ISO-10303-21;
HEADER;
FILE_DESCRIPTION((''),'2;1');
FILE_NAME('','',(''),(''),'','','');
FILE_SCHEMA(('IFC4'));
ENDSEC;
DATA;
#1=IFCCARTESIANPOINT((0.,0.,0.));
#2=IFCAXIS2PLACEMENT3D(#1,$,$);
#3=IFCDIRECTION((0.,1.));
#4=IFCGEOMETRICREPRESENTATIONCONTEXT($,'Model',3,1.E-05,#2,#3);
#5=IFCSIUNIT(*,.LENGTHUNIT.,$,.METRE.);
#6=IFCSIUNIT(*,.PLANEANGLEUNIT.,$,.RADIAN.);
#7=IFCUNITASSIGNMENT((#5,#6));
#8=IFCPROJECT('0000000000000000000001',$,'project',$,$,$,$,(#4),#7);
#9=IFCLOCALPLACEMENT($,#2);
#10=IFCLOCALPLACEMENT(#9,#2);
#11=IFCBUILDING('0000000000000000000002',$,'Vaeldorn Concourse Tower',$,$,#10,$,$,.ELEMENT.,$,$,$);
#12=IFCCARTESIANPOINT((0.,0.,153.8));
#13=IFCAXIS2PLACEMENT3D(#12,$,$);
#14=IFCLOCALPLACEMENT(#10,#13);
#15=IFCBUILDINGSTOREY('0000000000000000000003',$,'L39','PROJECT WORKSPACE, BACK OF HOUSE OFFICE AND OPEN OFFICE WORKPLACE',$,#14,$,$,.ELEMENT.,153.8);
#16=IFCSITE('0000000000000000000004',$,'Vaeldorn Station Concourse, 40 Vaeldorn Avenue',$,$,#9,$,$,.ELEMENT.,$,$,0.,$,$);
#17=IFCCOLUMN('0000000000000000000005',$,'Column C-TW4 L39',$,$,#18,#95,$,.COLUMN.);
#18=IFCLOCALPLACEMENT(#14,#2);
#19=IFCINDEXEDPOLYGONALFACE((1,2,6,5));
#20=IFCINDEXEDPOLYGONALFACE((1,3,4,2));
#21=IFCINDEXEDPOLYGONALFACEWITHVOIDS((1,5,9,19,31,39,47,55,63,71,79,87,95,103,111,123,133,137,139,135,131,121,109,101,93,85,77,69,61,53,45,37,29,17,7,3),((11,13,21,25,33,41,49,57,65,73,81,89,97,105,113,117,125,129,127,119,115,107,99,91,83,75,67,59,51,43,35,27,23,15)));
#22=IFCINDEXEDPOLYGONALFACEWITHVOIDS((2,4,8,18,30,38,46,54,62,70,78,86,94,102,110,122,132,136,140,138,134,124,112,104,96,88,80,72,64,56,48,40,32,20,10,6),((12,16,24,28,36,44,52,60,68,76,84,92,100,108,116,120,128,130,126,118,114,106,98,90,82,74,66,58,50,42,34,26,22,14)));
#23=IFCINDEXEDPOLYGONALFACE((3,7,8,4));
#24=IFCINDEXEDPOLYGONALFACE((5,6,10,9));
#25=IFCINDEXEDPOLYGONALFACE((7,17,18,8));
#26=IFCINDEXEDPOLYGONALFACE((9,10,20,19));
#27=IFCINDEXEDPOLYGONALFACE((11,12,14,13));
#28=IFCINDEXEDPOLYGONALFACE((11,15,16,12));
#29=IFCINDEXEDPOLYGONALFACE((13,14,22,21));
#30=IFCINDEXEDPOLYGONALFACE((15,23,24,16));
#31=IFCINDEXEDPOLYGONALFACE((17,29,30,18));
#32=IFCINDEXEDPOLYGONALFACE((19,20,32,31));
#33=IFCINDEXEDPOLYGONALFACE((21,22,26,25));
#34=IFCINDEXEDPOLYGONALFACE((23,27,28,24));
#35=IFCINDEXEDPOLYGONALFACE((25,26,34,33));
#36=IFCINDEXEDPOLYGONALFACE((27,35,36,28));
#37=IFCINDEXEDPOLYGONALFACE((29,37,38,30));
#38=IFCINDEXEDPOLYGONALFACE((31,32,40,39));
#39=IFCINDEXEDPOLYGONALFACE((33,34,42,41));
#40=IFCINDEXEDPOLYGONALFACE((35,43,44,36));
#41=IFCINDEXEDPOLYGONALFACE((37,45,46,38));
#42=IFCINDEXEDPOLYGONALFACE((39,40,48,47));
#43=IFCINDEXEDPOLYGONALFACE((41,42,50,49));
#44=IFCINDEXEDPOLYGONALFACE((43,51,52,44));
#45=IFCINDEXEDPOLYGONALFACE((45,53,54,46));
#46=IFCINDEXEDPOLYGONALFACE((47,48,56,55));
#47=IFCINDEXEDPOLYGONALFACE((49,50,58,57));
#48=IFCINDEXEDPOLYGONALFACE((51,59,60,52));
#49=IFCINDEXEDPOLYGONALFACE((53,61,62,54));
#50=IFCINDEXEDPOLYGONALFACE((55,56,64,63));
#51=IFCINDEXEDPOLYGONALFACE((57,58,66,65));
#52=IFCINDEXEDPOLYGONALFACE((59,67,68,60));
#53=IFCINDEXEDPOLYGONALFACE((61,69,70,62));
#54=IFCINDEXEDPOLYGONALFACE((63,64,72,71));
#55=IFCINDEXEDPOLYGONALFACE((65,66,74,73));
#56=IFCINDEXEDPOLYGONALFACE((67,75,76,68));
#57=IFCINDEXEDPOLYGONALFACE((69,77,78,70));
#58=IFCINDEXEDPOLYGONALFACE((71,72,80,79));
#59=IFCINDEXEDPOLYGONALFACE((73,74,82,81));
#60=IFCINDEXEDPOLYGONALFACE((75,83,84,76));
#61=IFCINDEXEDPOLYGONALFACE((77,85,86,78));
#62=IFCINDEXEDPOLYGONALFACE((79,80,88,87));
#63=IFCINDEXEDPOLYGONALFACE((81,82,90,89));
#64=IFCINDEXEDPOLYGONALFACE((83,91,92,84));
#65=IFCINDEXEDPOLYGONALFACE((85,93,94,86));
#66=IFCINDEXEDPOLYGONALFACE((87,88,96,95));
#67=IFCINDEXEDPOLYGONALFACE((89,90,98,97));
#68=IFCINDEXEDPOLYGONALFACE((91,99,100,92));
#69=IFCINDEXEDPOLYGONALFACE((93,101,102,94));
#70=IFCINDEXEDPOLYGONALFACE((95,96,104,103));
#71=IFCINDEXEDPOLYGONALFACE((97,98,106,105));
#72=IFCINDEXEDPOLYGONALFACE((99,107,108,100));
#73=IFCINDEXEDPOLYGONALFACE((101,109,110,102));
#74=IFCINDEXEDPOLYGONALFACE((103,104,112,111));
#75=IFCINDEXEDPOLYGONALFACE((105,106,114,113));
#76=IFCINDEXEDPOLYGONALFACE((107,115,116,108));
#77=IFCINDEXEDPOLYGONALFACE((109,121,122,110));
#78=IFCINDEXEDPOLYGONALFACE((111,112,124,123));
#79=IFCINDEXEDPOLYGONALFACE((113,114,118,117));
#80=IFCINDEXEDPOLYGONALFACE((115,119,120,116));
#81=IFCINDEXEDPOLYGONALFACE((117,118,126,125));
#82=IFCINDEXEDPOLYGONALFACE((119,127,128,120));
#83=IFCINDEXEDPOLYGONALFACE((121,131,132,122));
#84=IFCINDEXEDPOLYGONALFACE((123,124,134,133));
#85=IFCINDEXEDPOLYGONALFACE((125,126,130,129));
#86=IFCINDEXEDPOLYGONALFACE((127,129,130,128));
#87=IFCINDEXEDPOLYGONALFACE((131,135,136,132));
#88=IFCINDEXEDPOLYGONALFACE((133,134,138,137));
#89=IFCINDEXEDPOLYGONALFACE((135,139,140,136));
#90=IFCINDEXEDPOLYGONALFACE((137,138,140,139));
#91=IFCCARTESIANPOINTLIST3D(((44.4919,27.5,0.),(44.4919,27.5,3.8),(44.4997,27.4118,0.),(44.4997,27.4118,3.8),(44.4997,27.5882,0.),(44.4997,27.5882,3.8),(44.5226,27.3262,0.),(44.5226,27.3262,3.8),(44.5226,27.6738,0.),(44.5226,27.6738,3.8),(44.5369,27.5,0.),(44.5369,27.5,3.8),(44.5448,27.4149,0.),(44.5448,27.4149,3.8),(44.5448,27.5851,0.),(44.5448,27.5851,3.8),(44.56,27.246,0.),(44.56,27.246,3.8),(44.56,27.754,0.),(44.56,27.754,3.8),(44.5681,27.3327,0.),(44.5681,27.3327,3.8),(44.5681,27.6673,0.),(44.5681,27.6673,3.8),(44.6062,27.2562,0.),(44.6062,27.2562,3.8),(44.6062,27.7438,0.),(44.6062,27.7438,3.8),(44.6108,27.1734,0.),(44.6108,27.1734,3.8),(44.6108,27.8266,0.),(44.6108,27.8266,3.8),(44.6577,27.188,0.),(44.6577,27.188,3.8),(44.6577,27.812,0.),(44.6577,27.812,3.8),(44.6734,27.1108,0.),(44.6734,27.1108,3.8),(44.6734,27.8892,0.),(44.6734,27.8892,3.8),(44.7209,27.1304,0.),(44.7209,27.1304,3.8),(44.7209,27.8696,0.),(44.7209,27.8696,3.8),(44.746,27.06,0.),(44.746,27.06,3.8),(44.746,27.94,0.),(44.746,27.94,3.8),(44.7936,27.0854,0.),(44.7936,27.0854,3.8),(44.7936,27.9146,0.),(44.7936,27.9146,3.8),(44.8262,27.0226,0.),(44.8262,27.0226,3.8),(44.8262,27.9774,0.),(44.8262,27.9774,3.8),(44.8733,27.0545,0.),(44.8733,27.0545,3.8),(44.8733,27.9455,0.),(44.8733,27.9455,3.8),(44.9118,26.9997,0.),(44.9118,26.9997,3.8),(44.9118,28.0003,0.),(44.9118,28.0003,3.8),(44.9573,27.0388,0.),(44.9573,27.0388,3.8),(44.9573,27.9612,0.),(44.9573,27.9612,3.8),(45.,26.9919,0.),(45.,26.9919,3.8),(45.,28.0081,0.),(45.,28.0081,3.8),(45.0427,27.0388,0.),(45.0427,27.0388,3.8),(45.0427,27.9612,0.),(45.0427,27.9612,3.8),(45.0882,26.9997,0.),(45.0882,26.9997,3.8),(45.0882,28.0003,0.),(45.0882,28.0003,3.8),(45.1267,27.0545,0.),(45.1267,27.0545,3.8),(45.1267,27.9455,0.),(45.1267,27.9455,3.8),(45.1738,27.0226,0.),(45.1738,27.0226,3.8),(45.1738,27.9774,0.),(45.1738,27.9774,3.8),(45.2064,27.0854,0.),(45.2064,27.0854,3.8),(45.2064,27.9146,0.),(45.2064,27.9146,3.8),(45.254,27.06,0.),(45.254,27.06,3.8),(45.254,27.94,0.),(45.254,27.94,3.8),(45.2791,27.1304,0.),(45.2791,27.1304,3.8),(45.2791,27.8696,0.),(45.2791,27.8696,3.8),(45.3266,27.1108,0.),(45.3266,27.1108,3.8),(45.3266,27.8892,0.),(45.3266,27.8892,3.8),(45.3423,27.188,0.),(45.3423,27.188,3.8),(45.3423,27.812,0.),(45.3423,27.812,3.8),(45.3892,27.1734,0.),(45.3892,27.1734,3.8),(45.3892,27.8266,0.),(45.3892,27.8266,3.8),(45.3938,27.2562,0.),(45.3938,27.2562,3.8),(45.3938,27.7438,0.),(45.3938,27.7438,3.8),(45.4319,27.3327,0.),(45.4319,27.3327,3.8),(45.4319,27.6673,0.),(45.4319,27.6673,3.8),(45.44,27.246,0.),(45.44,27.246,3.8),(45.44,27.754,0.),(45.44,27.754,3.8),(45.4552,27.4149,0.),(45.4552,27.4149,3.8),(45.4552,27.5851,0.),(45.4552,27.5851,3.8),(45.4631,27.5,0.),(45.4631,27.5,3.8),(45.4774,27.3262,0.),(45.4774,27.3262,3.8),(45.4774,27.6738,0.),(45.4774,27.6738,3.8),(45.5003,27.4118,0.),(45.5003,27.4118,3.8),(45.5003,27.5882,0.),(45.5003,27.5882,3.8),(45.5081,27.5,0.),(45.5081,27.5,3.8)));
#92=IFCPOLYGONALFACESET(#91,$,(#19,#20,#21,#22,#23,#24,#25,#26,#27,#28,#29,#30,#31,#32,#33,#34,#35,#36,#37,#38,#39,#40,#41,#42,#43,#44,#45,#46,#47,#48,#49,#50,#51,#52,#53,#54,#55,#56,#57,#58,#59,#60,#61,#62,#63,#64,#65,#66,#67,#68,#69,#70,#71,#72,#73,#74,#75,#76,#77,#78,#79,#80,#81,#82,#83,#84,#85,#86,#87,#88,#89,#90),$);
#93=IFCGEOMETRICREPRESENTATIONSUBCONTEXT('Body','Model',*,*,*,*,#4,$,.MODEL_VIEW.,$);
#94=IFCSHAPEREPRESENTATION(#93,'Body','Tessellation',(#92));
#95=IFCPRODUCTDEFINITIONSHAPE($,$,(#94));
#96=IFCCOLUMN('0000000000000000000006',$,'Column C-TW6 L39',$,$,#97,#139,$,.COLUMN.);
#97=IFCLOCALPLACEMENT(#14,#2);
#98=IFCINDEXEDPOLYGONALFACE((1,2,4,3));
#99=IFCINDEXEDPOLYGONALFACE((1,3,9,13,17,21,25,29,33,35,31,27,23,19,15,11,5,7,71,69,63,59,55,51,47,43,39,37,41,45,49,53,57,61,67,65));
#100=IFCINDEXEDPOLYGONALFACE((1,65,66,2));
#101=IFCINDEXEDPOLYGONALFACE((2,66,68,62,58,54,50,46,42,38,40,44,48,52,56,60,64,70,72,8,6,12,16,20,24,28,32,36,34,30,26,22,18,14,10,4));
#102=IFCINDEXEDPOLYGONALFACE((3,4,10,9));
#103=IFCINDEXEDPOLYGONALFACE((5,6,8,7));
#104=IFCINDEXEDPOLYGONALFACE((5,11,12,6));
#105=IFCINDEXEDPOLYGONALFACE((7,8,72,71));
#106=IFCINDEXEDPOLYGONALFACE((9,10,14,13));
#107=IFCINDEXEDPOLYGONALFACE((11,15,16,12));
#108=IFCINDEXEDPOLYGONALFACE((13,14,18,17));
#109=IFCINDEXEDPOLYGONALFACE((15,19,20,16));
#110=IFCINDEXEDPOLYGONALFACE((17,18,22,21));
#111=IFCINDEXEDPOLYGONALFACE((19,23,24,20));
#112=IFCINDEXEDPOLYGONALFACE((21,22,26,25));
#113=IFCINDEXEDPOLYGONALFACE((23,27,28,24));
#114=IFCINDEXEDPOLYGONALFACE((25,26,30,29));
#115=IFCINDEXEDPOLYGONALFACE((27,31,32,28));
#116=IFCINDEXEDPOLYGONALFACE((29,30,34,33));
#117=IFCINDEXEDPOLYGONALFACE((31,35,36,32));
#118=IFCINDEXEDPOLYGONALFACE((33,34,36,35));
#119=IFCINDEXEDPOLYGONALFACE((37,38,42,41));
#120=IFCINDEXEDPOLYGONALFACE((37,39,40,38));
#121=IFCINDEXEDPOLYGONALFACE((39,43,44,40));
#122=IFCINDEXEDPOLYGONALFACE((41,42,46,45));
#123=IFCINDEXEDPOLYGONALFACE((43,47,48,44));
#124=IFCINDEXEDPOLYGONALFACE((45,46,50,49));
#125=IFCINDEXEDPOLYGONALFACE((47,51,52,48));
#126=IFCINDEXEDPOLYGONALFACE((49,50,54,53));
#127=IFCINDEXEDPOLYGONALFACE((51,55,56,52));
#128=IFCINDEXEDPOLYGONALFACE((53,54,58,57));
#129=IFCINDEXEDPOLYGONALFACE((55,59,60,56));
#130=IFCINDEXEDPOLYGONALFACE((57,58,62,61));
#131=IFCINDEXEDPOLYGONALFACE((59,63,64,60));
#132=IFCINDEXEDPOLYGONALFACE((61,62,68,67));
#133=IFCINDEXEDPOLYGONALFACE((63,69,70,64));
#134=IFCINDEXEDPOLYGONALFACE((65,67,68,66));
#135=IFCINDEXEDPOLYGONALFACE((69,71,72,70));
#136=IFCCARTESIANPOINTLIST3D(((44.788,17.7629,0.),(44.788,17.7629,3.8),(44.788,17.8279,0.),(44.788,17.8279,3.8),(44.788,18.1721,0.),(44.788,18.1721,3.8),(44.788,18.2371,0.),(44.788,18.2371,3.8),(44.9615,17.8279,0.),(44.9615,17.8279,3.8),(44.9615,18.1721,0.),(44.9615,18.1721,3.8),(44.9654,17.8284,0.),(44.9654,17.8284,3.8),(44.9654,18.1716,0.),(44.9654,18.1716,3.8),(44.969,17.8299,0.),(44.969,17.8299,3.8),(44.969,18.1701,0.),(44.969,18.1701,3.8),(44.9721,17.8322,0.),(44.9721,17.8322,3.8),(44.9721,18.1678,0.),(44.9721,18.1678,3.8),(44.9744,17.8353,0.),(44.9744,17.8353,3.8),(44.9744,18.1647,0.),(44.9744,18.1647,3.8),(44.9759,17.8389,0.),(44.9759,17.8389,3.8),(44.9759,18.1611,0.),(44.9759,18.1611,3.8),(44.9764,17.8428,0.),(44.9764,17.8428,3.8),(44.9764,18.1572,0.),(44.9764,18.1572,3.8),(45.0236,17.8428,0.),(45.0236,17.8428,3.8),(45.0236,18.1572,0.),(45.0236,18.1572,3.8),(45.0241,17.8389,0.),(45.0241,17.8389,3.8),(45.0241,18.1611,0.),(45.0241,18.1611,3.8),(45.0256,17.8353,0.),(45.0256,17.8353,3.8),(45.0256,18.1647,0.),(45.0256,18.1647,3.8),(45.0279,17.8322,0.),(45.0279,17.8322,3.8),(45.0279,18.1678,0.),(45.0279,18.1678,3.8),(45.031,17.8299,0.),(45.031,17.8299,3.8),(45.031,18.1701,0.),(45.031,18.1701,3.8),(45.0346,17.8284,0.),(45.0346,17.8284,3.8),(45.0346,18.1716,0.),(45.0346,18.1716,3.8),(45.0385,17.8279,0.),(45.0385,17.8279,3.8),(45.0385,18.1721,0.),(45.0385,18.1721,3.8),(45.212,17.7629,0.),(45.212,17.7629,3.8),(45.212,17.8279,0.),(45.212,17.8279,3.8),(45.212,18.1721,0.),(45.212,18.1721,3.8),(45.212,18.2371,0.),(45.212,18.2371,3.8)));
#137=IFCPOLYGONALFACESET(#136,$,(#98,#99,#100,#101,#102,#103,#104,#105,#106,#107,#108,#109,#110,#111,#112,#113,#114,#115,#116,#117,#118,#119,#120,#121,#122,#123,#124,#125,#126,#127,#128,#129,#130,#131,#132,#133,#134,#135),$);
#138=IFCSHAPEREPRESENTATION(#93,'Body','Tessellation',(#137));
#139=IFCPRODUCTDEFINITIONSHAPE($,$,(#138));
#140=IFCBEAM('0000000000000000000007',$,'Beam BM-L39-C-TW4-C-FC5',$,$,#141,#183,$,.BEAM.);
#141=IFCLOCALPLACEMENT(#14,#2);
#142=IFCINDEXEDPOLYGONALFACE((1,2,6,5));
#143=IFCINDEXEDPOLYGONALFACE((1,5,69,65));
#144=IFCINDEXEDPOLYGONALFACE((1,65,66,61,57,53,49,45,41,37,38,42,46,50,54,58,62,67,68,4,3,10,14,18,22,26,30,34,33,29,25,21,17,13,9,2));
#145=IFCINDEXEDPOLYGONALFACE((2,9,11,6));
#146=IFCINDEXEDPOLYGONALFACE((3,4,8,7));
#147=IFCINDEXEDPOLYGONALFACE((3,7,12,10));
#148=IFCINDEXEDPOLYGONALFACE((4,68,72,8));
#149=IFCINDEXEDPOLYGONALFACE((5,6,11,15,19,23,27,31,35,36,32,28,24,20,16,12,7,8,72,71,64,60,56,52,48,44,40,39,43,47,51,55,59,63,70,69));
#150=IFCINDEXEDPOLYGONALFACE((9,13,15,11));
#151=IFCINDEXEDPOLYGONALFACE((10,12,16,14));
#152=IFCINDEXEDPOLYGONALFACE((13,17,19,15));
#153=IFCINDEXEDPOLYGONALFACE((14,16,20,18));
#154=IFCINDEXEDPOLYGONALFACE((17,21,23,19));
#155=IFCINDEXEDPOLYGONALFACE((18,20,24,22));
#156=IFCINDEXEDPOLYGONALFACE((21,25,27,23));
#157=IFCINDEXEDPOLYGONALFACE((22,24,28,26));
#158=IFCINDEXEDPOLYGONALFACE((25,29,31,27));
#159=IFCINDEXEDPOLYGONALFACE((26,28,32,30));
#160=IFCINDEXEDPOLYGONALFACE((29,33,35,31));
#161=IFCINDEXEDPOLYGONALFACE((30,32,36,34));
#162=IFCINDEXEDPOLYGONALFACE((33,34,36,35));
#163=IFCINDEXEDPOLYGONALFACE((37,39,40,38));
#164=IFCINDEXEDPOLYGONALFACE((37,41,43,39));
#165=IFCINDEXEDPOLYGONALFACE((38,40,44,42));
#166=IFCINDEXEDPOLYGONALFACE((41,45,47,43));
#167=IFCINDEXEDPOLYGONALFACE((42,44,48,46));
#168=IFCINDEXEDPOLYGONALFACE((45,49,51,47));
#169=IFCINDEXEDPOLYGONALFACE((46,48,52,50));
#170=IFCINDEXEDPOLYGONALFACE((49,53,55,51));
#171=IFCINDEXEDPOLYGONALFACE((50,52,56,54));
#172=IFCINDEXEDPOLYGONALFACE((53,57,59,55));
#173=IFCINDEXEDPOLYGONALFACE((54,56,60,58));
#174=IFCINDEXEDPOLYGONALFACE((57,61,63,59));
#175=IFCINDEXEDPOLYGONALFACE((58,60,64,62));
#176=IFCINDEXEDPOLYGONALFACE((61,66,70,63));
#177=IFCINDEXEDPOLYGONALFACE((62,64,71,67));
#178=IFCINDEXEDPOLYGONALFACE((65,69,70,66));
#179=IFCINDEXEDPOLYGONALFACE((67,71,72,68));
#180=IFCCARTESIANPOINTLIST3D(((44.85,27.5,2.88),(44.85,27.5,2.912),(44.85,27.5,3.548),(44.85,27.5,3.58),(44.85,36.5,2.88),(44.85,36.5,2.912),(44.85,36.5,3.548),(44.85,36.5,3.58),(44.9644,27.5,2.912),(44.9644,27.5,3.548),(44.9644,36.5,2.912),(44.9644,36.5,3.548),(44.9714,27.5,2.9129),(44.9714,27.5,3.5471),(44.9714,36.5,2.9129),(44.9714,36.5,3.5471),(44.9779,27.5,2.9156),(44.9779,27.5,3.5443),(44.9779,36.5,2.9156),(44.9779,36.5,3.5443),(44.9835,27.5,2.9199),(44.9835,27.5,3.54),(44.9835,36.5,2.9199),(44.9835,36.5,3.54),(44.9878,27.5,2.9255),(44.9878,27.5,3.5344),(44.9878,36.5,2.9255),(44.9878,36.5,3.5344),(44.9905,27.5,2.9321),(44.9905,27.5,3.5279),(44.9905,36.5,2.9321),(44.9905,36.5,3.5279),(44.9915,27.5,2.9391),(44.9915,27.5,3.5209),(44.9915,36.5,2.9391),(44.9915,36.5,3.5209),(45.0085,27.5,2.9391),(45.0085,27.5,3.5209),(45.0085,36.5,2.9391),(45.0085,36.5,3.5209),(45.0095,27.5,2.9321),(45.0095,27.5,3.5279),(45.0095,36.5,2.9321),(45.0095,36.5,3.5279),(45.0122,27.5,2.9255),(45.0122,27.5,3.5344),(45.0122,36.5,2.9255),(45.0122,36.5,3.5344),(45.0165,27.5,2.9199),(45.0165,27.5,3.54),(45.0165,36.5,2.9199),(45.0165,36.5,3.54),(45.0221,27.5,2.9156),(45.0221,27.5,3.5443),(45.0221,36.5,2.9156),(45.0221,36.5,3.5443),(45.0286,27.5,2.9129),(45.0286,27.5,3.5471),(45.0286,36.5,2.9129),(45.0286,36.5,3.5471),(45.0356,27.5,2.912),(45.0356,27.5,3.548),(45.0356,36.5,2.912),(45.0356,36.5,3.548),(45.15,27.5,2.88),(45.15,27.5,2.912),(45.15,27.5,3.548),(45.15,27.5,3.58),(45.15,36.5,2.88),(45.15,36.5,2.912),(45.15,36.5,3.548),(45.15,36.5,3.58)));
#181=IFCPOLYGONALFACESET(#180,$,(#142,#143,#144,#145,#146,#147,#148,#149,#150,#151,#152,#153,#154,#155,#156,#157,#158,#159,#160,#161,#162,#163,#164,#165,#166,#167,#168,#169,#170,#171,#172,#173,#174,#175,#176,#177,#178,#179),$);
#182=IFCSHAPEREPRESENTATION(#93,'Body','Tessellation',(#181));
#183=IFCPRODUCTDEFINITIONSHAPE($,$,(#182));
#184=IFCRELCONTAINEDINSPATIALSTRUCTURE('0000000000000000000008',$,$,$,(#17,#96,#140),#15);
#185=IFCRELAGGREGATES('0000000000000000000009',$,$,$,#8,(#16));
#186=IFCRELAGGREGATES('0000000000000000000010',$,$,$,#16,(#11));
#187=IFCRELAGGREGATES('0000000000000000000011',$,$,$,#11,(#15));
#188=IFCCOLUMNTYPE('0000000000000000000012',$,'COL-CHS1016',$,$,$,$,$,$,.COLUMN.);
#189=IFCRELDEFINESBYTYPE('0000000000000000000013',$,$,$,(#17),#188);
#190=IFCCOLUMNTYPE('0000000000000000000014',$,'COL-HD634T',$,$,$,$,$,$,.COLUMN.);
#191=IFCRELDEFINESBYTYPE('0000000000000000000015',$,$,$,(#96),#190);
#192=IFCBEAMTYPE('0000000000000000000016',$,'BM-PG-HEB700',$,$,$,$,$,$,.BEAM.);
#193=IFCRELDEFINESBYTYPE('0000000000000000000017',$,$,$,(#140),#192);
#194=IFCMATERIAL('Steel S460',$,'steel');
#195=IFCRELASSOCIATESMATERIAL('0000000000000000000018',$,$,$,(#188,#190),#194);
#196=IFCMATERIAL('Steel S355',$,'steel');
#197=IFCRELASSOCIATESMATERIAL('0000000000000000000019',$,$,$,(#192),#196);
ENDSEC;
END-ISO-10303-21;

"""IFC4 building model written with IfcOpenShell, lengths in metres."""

from ifc_helpers import new_model, si_unit, direction, frame, origin, origin_2d, place, context, subcontext, project, spatial, hollow_circle, i_section, extrude, source, transform, mapped, material, material_profile, profile_set, type_object, element, save


model = new_model("IFC4")

# Units and contexts
model_context = context("Model", 3, precision=1e-05, world=origin(), true_north=direction((0.0, 1.0)))
body_context = subcontext(model_context, "Body", "Model", "MODEL_VIEW")
ifc_project = project(units=[si_unit("LENGTHUNIT", "METRE"), si_unit("PLANEANGLEUNIT", "RADIAN")], contexts=[model_context])

# Site, building, storey
site_placement = place(None, origin())
site = spatial("IfcSite", under=ifc_project, at=site_placement, Name="Vaeldorn Station Concourse, 40 Vaeldorn Avenue", CompositionType="ELEMENT", RefElevation=0.0)
building_placement = place(site_placement, origin())
building = spatial("IfcBuilding", under=site, at=building_placement, Name="Vaeldorn Concourse Tower", CompositionType="ELEMENT")
storey_placement = place(building_placement, frame((0.0, 0.0, 153.8)))
storey = spatial("IfcBuildingStorey", under=building, at=storey_placement, Name="L39", Description="PROJECT WORKSPACE, BACK OF HOUSE OFFICE AND OPEN OFFICE WORKPLACE", CompositionType="ELEMENT", Elevation=153.8)

# Columns
ifc_material_1 = material(Name="Steel S460", Category="steel")
ifc_material_profile_1 = material_profile(ifc_material_1, hollow_circle(Radius=0.5081, WallThickness=0.0449, at=origin_2d()), Name="CHS 1016x45")
ifc_profile_set_1 = profile_set([ifc_material_profile_1], Name="Steel S460")
column_type_1 = type_object("IfcColumnType", Name="COL-CHS1016", PredefinedType="COLUMN", material=ifc_profile_set_1)
shared_shape_1 = source(origin(), body_context, "Body", "SweptSolid", [
    extrude(hollow_circle(Radius=0.5081, WallThickness=0.0449, at=origin_2d()), origin(), (0.0, 0.0, 1.0), 3.8),
])
column_1_placement = place(storey_placement, frame((45.0, 27.5, 0.0), z_axis=(0.0, 0.0, 1.0), x_axis=(1.0, 0.0, 0.0)))
element("IfcColumn", 1, at=column_1_placement, inside=storey, type_object=column_type_1, Name="Column C-TW4 L39", PredefinedType="COLUMN", context=body_context, shape_type="MappedRepresentation", body=[
    mapped(shared_shape_1, transform((0.0, 0.0, 0.0), scale=1.0)),
])
ifc_material_profile_2 = material_profile(ifc_material_1, i_section(OverallWidth=0.4241, OverallDepth=0.4741, WebThickness=0.0471, FlangeThickness=0.0649, FilletRadius=0.0149, at=origin_2d()), Name="HD 400x634")
ifc_profile_set_2 = profile_set([ifc_material_profile_2], Name="Steel S460")
column_type_2 = type_object("IfcColumnType", Name="COL-HD634T", PredefinedType="COLUMN", material=ifc_profile_set_2)
shared_shape_2 = source(origin(), body_context, "Body", "SweptSolid", [
    extrude(i_section(OverallWidth=0.4241, OverallDepth=0.4741, WebThickness=0.0471, FlangeThickness=0.0649, FilletRadius=0.0149, at=origin_2d()), origin(), (0.0, 0.0, 1.0), 3.8),
])
column_2_placement = place(storey_placement, frame((45.0, 18.0, 0.0), z_axis=(0.0, 0.0, 1.0), x_axis=(1.0, 0.0, 0.0)))
element("IfcColumn", 2, at=column_2_placement, inside=storey, type_object=column_type_2, Name="Column C-TW6 L39", PredefinedType="COLUMN", context=body_context, shape_type="MappedRepresentation", body=[
    mapped(shared_shape_2, transform((0.0, 0.0, 0.0), scale=1.0)),
])

# Beam
ifc_material_2 = material(Name="Steel S355", Category="steel")
ifc_material_profile_3 = material_profile(ifc_material_2, i_section(OverallWidth=0.3, OverallDepth=0.7, WebThickness=0.0171, FlangeThickness=0.032, FilletRadius=0.0271, at=origin_2d()), Name="HEB 700")
ifc_profile_set_3 = profile_set([ifc_material_profile_3], Name="Steel S355")
beam_type_1 = type_object("IfcBeamType", Name="BM-PG-HEB700", PredefinedType="BEAM", material=ifc_profile_set_3)
shared_shape_3 = source(origin(), body_context, "Body", "SweptSolid", [
    extrude(i_section(OverallWidth=0.3, OverallDepth=0.7, WebThickness=0.0171, FlangeThickness=0.032, FilletRadius=0.0271, at=origin_2d()), origin(), (0.0, 0.0, 1.0), 9.0),
])
beam_1_placement = place(storey_placement, frame((45.0, 27.5, 3.23), z_axis=(0.0, 1.0, 0.0), x_axis=(-1.0, 0.0, 0.0)))
element("IfcBeam", 3, at=beam_1_placement, inside=storey, type_object=beam_type_1, Name="Beam BM-L39-C-TW4-C-FC5", PredefinedType="BEAM", context=body_context, shape_type="MappedRepresentation", body=[
    mapped(shared_shape_3, transform((0.0, 0.0, 0.0), scale=1.0)),
])

save(model, "model.ifc")
